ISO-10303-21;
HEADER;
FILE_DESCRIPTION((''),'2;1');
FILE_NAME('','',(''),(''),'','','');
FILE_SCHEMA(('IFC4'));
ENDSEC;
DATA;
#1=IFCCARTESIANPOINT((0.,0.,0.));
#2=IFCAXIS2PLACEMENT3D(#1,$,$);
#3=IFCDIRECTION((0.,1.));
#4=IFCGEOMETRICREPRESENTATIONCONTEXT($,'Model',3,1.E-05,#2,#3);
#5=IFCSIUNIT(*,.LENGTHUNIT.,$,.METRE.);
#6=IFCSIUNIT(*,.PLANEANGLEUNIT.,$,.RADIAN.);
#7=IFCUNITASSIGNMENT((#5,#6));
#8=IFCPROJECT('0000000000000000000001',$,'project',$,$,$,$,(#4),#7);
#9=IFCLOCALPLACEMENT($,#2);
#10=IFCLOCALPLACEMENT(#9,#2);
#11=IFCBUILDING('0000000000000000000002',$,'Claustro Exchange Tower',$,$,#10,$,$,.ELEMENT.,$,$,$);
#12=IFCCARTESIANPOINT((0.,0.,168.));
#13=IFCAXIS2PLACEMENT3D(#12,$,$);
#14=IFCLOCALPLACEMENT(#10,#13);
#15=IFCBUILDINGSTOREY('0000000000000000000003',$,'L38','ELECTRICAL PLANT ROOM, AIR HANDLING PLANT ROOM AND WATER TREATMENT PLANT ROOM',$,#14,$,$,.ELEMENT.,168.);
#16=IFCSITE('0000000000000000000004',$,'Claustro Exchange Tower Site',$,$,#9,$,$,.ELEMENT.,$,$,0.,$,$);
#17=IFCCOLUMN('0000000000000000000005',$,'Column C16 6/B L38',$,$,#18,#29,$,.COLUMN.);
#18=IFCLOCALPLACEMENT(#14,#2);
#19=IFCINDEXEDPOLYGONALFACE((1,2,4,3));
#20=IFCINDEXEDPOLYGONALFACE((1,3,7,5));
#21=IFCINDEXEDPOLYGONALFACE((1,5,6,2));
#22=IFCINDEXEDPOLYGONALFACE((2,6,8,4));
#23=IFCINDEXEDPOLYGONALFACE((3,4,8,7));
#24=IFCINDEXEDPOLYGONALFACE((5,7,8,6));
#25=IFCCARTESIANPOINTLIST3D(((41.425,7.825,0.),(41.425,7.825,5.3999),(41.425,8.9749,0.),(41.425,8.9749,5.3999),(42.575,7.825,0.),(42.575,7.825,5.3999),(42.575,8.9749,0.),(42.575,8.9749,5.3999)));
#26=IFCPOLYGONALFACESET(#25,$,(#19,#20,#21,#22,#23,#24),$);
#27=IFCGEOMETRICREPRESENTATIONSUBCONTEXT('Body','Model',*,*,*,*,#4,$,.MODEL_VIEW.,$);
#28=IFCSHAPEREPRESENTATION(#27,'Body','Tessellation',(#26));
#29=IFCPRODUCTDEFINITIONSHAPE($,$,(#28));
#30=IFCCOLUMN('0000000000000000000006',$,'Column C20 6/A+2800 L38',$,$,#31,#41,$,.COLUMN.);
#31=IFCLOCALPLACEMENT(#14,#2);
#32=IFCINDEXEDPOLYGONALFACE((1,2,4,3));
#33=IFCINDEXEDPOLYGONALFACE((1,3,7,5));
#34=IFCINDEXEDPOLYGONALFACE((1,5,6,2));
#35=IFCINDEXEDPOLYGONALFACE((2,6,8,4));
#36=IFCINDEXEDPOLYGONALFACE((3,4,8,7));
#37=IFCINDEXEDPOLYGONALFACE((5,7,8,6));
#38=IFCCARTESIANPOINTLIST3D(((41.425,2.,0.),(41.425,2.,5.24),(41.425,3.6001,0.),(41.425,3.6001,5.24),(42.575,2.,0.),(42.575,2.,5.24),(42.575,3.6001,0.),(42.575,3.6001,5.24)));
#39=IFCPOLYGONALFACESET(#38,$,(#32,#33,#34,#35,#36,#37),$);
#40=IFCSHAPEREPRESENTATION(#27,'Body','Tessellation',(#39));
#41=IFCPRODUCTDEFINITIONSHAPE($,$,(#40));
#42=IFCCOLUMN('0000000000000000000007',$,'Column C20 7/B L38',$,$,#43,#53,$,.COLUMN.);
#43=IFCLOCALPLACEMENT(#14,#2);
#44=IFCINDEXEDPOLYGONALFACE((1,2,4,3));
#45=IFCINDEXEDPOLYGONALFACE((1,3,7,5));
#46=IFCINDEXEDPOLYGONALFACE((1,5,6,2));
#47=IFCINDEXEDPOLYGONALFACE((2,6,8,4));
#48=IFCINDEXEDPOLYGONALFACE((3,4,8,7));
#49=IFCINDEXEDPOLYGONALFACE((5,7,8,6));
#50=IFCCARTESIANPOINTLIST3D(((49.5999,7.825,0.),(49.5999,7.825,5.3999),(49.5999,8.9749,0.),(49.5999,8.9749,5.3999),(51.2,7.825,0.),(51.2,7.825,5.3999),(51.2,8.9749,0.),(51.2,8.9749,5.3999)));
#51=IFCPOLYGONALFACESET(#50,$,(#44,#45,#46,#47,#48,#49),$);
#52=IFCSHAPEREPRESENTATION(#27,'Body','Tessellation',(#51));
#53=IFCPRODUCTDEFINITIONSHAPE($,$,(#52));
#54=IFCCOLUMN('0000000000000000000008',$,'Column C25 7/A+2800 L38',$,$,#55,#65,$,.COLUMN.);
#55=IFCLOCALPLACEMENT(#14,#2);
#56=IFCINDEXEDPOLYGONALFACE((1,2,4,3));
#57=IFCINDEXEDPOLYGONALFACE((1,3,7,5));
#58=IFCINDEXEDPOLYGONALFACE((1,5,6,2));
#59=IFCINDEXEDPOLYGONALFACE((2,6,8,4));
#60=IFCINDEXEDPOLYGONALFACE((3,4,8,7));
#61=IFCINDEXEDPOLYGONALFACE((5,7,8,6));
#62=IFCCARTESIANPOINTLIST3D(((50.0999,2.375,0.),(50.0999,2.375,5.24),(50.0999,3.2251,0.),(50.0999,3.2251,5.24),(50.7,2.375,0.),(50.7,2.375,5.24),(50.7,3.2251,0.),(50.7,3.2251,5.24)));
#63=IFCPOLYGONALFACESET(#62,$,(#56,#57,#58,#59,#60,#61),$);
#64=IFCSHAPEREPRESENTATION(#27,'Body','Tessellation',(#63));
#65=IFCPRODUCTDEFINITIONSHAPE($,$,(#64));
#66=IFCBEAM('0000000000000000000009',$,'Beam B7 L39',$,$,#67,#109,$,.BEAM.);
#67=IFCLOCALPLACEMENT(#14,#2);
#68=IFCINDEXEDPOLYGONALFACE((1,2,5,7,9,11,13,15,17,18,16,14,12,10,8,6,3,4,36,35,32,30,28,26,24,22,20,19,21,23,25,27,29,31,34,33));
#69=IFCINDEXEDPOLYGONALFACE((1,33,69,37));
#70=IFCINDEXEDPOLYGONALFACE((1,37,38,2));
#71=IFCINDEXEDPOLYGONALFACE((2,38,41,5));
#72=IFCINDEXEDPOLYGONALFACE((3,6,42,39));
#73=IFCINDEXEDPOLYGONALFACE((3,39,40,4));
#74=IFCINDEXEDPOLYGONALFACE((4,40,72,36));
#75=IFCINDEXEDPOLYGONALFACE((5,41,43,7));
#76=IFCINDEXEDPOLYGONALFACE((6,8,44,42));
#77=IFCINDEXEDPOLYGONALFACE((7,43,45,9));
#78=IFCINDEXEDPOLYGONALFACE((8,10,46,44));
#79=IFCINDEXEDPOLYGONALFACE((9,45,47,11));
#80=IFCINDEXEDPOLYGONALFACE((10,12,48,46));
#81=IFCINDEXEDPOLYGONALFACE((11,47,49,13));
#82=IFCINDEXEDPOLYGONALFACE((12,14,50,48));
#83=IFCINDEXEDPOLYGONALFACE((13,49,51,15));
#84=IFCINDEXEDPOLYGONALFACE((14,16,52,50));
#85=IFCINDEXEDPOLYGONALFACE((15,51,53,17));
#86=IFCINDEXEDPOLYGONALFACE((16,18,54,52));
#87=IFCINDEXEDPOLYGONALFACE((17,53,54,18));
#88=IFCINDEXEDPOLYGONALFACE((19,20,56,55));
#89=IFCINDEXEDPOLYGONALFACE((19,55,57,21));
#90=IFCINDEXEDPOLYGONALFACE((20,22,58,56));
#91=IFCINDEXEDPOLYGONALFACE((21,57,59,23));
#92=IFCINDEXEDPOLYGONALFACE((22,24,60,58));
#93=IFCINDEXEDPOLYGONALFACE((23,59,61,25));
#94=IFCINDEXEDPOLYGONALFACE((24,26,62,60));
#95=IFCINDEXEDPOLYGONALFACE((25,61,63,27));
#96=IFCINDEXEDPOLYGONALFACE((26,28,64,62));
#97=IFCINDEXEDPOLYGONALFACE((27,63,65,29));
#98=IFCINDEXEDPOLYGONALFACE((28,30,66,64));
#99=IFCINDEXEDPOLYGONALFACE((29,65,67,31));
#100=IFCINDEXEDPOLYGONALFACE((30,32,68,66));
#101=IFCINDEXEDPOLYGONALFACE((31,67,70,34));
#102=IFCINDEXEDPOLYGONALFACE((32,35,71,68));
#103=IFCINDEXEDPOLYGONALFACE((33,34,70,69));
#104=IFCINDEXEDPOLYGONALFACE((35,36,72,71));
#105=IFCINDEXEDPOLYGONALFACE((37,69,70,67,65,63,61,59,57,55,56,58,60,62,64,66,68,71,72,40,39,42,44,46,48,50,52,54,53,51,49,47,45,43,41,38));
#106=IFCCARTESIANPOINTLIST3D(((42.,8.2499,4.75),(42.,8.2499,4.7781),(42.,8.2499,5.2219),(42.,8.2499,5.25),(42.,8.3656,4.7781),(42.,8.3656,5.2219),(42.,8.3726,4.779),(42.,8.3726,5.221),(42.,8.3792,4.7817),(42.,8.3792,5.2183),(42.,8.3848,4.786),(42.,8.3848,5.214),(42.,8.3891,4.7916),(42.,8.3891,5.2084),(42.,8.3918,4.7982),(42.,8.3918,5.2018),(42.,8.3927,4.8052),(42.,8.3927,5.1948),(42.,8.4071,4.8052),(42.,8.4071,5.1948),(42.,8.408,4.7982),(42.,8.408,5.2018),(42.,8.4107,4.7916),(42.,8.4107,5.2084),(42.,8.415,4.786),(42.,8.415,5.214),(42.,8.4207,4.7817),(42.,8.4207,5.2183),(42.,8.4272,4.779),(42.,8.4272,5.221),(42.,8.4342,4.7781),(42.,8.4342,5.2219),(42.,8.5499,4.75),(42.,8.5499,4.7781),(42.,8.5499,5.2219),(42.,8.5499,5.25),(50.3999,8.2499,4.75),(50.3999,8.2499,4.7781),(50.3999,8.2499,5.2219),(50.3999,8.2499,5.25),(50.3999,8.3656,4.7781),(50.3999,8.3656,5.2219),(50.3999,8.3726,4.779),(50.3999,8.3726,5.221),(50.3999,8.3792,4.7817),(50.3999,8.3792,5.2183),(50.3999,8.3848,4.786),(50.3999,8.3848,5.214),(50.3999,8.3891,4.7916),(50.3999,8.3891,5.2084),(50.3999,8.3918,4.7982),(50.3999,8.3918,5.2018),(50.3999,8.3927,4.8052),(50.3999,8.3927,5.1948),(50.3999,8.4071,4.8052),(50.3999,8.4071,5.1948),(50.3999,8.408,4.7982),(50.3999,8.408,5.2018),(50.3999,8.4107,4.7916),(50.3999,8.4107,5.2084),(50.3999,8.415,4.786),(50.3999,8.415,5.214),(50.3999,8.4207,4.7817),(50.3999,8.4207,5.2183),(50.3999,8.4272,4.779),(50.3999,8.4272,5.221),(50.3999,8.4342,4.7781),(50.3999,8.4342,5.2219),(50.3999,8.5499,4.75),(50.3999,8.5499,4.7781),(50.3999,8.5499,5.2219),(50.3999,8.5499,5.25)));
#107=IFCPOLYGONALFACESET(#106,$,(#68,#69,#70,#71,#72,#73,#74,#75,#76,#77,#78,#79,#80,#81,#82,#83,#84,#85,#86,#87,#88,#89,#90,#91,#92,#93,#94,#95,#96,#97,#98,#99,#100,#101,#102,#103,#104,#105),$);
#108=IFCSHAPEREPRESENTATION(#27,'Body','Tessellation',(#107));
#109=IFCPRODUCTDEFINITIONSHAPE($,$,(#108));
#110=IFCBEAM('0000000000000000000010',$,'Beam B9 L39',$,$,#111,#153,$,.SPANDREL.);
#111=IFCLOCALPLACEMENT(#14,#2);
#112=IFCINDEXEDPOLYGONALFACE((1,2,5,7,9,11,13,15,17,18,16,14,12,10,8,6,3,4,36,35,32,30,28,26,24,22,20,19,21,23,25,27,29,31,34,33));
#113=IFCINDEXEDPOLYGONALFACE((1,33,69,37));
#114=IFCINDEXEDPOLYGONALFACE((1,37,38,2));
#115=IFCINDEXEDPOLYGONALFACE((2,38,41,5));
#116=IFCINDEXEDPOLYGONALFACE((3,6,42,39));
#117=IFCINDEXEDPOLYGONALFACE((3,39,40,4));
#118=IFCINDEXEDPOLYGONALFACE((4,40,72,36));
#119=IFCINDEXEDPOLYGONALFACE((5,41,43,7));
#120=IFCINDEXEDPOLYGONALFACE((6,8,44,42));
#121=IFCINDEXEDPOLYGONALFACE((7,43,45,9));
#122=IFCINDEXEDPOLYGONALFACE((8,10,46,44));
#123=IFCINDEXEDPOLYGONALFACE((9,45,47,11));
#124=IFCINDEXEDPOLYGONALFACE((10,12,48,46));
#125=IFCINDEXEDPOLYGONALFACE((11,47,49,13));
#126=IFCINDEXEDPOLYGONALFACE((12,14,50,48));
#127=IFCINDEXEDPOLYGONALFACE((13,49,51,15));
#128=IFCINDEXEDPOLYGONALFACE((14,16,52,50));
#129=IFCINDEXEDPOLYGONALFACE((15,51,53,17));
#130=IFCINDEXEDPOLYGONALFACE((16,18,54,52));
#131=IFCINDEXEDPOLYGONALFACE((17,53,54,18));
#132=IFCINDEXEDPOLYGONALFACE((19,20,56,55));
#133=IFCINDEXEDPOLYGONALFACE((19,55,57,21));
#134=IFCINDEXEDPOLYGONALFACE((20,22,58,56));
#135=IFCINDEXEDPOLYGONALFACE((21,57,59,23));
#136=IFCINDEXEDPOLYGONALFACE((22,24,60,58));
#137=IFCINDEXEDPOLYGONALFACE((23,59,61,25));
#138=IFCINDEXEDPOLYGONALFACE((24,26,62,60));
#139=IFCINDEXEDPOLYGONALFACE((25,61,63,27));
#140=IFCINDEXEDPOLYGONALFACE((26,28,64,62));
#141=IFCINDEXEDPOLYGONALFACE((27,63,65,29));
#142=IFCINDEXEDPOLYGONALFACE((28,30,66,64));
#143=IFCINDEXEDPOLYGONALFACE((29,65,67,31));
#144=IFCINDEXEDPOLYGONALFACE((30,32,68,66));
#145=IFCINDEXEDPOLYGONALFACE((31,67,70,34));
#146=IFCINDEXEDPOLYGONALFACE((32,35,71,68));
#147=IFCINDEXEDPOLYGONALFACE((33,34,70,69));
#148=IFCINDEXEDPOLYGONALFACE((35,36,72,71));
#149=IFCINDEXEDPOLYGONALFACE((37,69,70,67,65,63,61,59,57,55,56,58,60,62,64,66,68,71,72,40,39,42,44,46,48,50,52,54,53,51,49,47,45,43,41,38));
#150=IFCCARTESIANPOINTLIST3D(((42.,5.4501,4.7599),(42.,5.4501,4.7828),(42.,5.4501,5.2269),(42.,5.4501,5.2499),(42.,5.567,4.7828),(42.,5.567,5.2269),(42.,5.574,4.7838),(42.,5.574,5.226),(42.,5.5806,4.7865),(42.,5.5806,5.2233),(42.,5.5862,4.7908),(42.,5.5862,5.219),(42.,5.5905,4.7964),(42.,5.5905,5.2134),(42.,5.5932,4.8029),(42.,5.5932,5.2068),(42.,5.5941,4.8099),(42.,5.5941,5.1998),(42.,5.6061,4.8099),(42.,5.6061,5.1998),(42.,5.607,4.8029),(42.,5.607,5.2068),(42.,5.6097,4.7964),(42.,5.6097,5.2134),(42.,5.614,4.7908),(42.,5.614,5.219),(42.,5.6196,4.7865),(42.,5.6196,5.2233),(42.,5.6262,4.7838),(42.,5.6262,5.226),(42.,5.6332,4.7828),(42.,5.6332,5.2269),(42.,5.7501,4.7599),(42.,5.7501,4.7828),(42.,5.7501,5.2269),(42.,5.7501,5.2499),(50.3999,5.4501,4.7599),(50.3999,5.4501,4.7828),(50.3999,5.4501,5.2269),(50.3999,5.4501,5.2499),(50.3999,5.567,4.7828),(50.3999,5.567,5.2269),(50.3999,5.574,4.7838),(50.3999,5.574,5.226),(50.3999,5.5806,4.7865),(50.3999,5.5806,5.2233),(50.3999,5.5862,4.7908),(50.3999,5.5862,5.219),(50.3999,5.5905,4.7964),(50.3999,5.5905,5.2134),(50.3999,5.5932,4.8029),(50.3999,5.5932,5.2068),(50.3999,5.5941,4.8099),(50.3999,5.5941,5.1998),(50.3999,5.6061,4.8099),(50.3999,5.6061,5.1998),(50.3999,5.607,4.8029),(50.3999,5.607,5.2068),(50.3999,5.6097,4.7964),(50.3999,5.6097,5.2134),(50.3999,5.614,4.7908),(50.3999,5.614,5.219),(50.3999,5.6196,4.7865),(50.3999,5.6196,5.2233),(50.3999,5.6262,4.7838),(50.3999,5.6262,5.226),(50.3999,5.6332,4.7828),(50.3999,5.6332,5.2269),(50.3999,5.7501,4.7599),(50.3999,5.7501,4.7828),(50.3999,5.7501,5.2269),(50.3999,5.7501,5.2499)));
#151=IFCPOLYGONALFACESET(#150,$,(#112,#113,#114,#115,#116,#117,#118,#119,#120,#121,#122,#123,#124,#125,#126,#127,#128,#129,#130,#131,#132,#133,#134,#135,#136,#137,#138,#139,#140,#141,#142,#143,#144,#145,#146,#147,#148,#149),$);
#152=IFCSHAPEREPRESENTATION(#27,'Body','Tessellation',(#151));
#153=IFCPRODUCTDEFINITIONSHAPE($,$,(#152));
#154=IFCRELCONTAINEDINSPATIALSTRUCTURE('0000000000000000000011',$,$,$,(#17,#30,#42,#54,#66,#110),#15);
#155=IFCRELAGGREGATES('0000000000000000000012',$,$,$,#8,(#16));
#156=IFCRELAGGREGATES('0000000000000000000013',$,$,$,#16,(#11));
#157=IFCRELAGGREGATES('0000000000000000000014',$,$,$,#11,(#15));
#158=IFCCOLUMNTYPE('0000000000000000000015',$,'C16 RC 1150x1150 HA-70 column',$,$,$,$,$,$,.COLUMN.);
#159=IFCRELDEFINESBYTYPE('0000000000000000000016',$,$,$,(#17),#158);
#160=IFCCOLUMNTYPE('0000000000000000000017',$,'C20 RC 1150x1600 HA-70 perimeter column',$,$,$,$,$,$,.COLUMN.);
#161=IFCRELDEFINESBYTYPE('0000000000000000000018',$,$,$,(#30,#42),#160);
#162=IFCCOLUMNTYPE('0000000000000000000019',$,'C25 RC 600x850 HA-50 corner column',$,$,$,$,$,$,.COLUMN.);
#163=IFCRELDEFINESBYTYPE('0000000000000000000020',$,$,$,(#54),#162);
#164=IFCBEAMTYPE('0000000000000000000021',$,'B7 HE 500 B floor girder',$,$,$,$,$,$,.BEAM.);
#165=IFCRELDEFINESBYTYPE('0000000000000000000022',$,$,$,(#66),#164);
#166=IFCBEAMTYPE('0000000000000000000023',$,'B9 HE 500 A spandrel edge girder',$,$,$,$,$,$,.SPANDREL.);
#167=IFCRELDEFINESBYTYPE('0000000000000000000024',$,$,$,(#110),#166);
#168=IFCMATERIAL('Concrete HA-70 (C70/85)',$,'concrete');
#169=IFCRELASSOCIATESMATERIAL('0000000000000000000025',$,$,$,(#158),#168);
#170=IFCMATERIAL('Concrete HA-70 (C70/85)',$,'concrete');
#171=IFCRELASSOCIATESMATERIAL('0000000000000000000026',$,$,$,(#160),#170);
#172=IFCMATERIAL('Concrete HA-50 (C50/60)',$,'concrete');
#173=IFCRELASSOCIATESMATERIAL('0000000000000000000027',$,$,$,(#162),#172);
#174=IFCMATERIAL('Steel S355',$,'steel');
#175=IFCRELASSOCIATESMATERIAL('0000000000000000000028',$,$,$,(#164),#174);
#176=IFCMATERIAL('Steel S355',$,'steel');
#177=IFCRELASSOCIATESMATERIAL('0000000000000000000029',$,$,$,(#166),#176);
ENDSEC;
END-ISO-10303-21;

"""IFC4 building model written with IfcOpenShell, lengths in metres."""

from ifc_helpers import new_model, si_unit, direction, frame, origin, origin_2d, place, context, subcontext, project, spatial, rectangle, i_section, extrude, material, material_profile, profile_set, type_object, element, save


model = new_model("IFC4")

# Units and contexts
model_context = context("Model", 3, precision=1e-05, world=origin(), true_north=direction((0.0, 1.0)))
body_context = subcontext(model_context, "Body", "Model", "MODEL_VIEW")
ifc_project = project(units=[si_unit("LENGTHUNIT", "METRE"), si_unit("PLANEANGLEUNIT", "RADIAN")], contexts=[model_context])

# Site, building, storey
site_placement = place(None, origin())
site = spatial("IfcSite", under=ifc_project, at=site_placement, Name="Claustro Exchange Tower Site", CompositionType="ELEMENT", RefElevation=0.0)
building_placement = place(site_placement, origin())
building = spatial("IfcBuilding", under=site, at=building_placement, Name="Claustro Exchange Tower", CompositionType="ELEMENT")
storey_placement = place(building_placement, frame((0.0, 0.0, 168.0)))
storey = spatial("IfcBuildingStorey", under=building, at=storey_placement, Name="L38", Description="ELECTRICAL PLANT ROOM, AIR HANDLING PLANT ROOM AND WATER TREATMENT PLANT ROOM", CompositionType="ELEMENT", Elevation=168.0)

# Columns
ifc_material_1 = material(Name="Concrete HA-70 (C70/85)", Category="concrete")
ifc_material_profile_1 = material_profile(ifc_material_1, rectangle(XDim=1.1499, YDim=1.1499, at=origin_2d()), Name="RC 1150x1150")
ifc_profile_set_1 = profile_set([ifc_material_profile_1], Name="Concrete HA-70 (C70/85)")
column_type_1 = type_object("IfcColumnType", Name="C16 RC 1150x1150 HA-70 column", PredefinedType="COLUMN", material=ifc_profile_set_1)
column_1_placement = place(storey_placement, frame((42.0, 8.3999, 0.0), z_axis=(0.0, 0.0, 1.0), x_axis=(1.0, 0.0, 0.0)))
element("IfcColumn", 1, at=column_1_placement, inside=storey, type_object=column_type_1, Name="Column C16 6/B L38", PredefinedType="COLUMN", context=body_context, shape_type="SweptSolid", body=[
    extrude(rectangle(XDim=1.1499, YDim=1.1499, at=origin_2d()), origin(), (0.0, 0.0, 1.0), 5.3999),
])
ifc_material_2 = material(Name="Concrete HA-70 (C70/85)", Category="concrete")
ifc_material_profile_2 = material_profile(ifc_material_2, rectangle(XDim=1.1499, YDim=1.6001, at=origin_2d()), Name="RC 1150x1600")
ifc_profile_set_2 = profile_set([ifc_material_profile_2], Name="Concrete HA-70 (C70/85)")
column_type_2 = type_object("IfcColumnType", Name="C20 RC 1150x1600 HA-70 perimeter column", PredefinedType="COLUMN", material=ifc_profile_set_2)
column_2_placement = place(storey_placement, frame((42.0, 2.8, 0.0), z_axis=(0.0, 0.0, 1.0), x_axis=(1.0, 0.0, 0.0)))
element("IfcColumn", 2, at=column_2_placement, inside=storey, type_object=column_type_2, Name="Column C20 6/A+2800 L38", PredefinedType="COLUMN", context=body_context, shape_type="SweptSolid", body=[
    extrude(rectangle(XDim=1.1499, YDim=1.6001, at=origin_2d()), origin(), (0.0, 0.0, 1.0), 5.24),
])
column_3_placement = place(storey_placement, frame((50.3999, 8.3999, 0.0), z_axis=(0.0, 0.0, 1.0), x_axis=(0.0, 1.0, 0.0)))
element("IfcColumn", 3, at=column_3_placement, inside=storey, type_object=column_type_2, Name="Column C20 7/B L38", PredefinedType="COLUMN", context=body_context, shape_type="SweptSolid", body=[
    extrude(rectangle(XDim=1.1499, YDim=1.6001, at=origin_2d()), origin(), (0.0, 0.0, 1.0), 5.3999),
])
ifc_material_3 = material(Name="Concrete HA-50 (C50/60)", Category="concrete")
ifc_material_profile_3 = material_profile(ifc_material_3, rectangle(XDim=0.6001, YDim=0.8501, at=origin_2d()), Name="RC 600x850")
ifc_profile_set_3 = profile_set([ifc_material_profile_3], Name="Concrete HA-50 (C50/60)")
column_type_3 = type_object("IfcColumnType", Name="C25 RC 600x850 HA-50 corner column", PredefinedType="COLUMN", material=ifc_profile_set_3)
column_4_placement = place(storey_placement, frame((50.3999, 2.8, 0.0), z_axis=(0.0, 0.0, 1.0), x_axis=(1.0, 0.0, 0.0)))
element("IfcColumn", 4, at=column_4_placement, inside=storey, type_object=column_type_3, Name="Column C25 7/A+2800 L38", PredefinedType="COLUMN", context=body_context, shape_type="SweptSolid", body=[
    extrude(rectangle(XDim=0.6001, YDim=0.8501, at=origin_2d()), origin(), (0.0, 0.0, 1.0), 5.24),
])

# Beams
ifc_material_4 = material(Name="Steel S355", Category="steel")
ifc_material_profile_4 = material_profile(ifc_material_4, i_section(OverallWidth=0.3, OverallDepth=0.5, WebThickness=0.0144, FlangeThickness=0.0281, FilletRadius=0.0271, at=origin_2d()), Name="HE 500 B")
ifc_profile_set_4 = profile_set([ifc_material_profile_4], Name="Steel S355")
beam_type_1 = type_object("IfcBeamType", Name="B7 HE 500 B floor girder", PredefinedType="BEAM", material=ifc_profile_set_4)
beam_1_placement = place(storey_placement, frame((42.0, 8.3999, 5.0), z_axis=(1.0, 0.0, 0.0), x_axis=(0.0, 1.0, 0.0)))
element("IfcBeam", 5, at=beam_1_placement, inside=storey, type_object=beam_type_1, Name="Beam B7 L39", PredefinedType="BEAM", context=body_context, shape_type="SweptSolid", body=[
    extrude(i_section(OverallWidth=0.3, OverallDepth=0.5, WebThickness=0.0144, FlangeThickness=0.0281, FilletRadius=0.0271, at=origin_2d()), origin(), (0.0, 0.0, 1.0), 8.3999),
])
ifc_material_5 = material(Name="Steel S355", Category="steel")
ifc_material_profile_5 = material_profile(ifc_material_5, i_section(OverallWidth=0.3, OverallDepth=0.49, WebThickness=0.012, FlangeThickness=0.0229, FilletRadius=0.0271, at=origin_2d()), Name="HE 500 A")
ifc_profile_set_5 = profile_set([ifc_material_profile_5], Name="Steel S355")
beam_type_2 = type_object("IfcBeamType", Name="B9 HE 500 A spandrel edge girder", PredefinedType="SPANDREL", material=ifc_profile_set_5)
beam_2_placement = place(storey_placement, frame((42.0, 5.6001, 5.0049), z_axis=(1.0, 0.0, 0.0), x_axis=(0.0, 1.0, 0.0)))
element("IfcBeam", 6, at=beam_2_placement, inside=storey, type_object=beam_type_2, Name="Beam B9 L39", PredefinedType="SPANDREL", context=body_context, shape_type="SweptSolid", body=[
    extrude(i_section(OverallWidth=0.3, OverallDepth=0.49, WebThickness=0.012, FlangeThickness=0.0229, FilletRadius=0.0271, at=origin_2d()), origin(), (0.0, 0.0, 1.0), 8.3999),
])

save(model, "model.ifc")
